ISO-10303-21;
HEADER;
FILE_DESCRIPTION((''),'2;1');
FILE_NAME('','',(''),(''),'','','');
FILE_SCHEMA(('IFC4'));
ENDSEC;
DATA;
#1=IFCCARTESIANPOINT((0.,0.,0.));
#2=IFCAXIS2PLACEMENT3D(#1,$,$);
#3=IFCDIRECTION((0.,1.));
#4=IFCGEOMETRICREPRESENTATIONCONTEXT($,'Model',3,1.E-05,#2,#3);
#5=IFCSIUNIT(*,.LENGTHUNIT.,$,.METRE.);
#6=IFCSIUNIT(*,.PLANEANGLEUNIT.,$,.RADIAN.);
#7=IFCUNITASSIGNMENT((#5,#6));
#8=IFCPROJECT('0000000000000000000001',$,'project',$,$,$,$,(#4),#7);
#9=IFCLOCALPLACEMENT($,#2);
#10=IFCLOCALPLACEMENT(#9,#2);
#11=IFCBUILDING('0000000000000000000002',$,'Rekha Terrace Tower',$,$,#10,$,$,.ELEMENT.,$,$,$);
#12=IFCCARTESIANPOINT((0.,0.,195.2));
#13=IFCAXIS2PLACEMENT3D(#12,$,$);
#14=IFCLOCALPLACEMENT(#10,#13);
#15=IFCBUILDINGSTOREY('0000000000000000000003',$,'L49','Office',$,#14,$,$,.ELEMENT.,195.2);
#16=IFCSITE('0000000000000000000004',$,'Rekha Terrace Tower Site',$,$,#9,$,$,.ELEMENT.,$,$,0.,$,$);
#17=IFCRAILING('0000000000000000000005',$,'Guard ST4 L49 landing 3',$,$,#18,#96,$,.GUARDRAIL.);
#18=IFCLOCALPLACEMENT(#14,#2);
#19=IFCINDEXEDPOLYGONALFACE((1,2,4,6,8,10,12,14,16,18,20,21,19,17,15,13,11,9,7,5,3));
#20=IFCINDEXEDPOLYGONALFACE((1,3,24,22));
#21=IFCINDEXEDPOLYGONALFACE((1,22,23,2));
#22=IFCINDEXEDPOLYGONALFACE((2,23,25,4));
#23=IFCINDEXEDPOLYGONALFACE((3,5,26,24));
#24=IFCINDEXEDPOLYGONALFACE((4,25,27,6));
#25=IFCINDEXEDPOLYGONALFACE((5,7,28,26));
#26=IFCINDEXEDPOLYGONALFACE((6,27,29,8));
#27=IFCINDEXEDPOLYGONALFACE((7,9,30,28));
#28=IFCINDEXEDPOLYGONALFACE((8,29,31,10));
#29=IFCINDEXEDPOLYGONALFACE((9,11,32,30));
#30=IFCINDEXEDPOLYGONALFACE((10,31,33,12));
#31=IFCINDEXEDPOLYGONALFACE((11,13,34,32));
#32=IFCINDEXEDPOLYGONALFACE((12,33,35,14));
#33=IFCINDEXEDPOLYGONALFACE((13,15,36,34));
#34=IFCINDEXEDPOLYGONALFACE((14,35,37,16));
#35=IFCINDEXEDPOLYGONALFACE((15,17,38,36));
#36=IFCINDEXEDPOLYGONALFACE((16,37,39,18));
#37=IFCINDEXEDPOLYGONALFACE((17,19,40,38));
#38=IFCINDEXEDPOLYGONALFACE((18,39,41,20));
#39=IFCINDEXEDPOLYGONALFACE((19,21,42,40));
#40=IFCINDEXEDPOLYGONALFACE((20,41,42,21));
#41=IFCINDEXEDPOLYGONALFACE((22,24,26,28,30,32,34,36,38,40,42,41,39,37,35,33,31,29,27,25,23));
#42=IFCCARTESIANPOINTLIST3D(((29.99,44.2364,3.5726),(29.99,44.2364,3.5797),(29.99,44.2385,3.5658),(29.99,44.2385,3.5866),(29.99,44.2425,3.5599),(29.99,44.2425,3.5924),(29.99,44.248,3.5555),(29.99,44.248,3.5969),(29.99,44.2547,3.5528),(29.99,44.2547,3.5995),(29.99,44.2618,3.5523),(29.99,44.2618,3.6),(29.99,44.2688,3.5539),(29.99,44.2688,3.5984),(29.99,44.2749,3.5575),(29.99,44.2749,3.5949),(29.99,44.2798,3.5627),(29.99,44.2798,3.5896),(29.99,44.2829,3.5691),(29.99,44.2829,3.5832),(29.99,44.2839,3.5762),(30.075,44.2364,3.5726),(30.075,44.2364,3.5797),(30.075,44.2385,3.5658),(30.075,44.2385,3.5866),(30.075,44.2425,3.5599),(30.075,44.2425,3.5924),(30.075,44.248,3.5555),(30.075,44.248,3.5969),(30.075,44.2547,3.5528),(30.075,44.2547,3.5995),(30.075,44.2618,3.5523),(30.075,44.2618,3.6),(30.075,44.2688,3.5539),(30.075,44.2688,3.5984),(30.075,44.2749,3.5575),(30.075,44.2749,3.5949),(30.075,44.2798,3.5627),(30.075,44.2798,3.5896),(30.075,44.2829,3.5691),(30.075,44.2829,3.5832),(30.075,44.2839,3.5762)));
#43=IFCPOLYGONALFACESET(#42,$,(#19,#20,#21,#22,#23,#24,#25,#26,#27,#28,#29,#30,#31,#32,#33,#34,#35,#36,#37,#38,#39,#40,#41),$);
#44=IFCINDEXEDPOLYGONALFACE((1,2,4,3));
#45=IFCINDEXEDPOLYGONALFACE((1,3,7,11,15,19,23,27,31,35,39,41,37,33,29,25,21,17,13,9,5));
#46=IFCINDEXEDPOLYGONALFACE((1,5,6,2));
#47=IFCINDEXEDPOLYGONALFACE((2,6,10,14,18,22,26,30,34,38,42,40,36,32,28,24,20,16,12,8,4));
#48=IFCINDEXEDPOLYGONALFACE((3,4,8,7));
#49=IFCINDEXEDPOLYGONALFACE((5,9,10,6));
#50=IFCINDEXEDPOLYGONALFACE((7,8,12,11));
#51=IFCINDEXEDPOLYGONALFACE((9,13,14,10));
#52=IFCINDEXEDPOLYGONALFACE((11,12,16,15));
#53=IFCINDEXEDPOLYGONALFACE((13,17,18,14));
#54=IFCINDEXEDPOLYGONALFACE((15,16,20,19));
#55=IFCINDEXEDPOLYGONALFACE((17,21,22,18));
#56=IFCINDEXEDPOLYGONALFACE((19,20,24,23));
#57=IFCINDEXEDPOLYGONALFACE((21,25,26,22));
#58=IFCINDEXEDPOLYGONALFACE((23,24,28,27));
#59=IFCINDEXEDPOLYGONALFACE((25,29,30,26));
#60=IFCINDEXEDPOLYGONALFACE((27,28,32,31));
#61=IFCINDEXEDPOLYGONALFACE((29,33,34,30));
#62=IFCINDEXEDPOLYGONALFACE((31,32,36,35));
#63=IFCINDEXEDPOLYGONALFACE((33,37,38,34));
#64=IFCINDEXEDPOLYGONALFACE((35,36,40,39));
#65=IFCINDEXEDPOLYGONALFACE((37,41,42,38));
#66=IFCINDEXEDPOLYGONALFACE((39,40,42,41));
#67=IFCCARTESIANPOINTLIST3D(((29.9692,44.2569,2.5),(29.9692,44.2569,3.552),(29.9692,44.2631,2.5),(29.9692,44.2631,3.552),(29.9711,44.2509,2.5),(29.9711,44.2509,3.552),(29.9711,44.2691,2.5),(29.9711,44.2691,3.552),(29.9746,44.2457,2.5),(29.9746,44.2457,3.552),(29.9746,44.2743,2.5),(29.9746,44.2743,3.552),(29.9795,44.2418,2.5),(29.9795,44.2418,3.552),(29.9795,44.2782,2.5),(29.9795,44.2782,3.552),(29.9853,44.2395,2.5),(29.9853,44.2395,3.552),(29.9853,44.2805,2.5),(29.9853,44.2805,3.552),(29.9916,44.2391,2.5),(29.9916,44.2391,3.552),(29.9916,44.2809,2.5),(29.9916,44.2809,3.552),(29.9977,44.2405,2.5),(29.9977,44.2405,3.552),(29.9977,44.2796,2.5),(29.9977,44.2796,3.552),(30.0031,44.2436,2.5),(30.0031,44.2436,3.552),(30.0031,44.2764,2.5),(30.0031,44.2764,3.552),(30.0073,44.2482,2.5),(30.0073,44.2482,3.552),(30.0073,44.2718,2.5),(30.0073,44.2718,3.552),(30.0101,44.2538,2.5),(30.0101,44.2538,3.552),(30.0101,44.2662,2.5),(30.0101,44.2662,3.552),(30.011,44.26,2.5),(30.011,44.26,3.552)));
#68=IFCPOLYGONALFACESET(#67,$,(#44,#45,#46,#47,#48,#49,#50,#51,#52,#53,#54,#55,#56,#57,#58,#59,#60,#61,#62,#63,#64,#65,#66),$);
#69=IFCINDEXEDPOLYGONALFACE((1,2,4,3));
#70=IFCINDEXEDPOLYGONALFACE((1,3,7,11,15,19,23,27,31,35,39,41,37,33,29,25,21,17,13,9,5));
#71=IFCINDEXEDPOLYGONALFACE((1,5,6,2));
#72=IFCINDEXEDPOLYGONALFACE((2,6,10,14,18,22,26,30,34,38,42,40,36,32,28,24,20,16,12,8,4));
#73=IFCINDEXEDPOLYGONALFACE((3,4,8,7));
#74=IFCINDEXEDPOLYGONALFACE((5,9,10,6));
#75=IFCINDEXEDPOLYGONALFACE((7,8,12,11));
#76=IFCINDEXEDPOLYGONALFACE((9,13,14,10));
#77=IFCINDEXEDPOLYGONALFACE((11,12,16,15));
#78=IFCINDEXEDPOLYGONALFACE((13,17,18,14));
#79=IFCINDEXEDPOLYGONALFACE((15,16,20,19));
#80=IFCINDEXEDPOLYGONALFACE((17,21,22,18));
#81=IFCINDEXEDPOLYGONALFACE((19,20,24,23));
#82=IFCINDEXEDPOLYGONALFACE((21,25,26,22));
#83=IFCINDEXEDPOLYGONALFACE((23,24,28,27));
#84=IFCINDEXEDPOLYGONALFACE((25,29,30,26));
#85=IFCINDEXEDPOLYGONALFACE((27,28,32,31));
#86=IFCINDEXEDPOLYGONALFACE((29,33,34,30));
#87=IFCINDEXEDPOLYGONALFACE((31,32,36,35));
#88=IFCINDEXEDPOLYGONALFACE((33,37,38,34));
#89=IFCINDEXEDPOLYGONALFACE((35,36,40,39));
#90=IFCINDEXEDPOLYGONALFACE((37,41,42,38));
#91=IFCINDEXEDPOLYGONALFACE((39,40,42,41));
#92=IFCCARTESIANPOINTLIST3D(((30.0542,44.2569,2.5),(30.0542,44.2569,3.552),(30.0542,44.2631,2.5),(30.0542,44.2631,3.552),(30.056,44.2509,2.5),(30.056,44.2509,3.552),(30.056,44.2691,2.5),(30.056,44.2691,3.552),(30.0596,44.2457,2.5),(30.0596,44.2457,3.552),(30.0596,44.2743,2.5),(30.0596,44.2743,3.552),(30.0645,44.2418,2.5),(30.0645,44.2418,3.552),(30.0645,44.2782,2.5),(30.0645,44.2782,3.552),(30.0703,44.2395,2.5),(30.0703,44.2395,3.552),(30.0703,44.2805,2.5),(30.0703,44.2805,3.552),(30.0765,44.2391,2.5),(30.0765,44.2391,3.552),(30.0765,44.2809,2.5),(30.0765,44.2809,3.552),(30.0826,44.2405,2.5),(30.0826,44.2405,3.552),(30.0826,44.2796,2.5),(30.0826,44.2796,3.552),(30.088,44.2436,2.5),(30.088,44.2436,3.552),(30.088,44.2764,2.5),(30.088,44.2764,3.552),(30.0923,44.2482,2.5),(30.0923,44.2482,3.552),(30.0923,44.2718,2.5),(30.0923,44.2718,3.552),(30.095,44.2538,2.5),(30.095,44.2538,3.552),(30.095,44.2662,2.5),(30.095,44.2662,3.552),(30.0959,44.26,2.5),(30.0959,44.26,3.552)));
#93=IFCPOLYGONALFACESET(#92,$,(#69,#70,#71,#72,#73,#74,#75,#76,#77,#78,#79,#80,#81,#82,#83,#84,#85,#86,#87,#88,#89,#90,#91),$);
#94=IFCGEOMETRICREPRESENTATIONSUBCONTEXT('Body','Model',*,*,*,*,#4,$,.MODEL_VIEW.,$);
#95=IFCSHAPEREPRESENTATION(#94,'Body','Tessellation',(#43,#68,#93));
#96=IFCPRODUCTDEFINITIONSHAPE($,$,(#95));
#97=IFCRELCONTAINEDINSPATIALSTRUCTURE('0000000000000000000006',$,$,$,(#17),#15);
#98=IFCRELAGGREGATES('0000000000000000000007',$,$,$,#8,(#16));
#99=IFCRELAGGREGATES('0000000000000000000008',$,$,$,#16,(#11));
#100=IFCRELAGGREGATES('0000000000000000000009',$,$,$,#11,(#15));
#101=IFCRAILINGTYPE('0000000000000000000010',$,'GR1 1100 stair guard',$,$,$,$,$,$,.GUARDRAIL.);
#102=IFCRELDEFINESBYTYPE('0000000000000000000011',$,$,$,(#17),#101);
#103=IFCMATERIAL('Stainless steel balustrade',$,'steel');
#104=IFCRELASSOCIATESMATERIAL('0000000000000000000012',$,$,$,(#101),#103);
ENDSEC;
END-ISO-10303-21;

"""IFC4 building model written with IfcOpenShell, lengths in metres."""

from ifc_helpers import new_model, si_unit, direction, frame, origin, origin_2d, place, context, subcontext, project, spatial, circle, extrude, material, type_object, element, save


model = new_model("IFC4")

# Units and contexts
model_context = context("Model", 3, precision=1e-05, world=origin(), true_north=direction((0.0, 1.0)))
body_context = subcontext(model_context, "Body", "Model", "MODEL_VIEW")
ifc_project = project(units=[si_unit("LENGTHUNIT", "METRE"), si_unit("PLANEANGLEUNIT", "RADIAN")], contexts=[model_context])

# Site, building, storey
site_placement = place(None, origin())
site = spatial("IfcSite", under=ifc_project, at=site_placement, Name="Rekha Terrace Tower Site", CompositionType="ELEMENT", RefElevation=0.0)
building_placement = place(site_placement, origin())
building = spatial("IfcBuilding", under=site, at=building_placement, Name="Rekha Terrace Tower", CompositionType="ELEMENT")
storey_placement = place(building_placement, frame((0.0, 0.0, 195.2)))
storey = spatial("IfcBuildingStorey", under=building, at=storey_placement, Name="L49", Description="Office", CompositionType="ELEMENT", Elevation=195.2)

# Railing
ifc_material_1 = material(Name="Stainless steel balustrade", Category="steel")
railing_type_1 = type_object("IfcRailingType", Name="GR1 1100 stair guard", PredefinedType="GUARDRAIL", material=ifc_material_1)
railing_1_placement = place(storey_placement, frame((29.99, 44.26, 2.5)))
element("IfcRailing", 1, at=railing_1_placement, inside=storey, type_object=railing_type_1, Name="Guard ST4 L49 landing 3", PredefinedType="GUARDRAIL", context=body_context, shape_type="SweptSolid", body=[
    extrude(circle(Radius=0.0239, at=origin_2d()), frame((0.0, 0.0, 1.0762), z_axis=(1.0, 0.0, 0.0), x_axis=(0.0, 1.0, 0.0)), (0.0, 0.0, 1.0), 0.085),
    extrude(circle(Radius=0.021, at=origin_2d()), origin(), (0.0, 0.0, 1.0), 1.052),
    extrude(circle(Radius=0.021, at=origin_2d()), frame((0.085, 0.0, 0.0)), (0.0, 0.0, 1.0), 1.052),
])

save(model, "model.ifc")
